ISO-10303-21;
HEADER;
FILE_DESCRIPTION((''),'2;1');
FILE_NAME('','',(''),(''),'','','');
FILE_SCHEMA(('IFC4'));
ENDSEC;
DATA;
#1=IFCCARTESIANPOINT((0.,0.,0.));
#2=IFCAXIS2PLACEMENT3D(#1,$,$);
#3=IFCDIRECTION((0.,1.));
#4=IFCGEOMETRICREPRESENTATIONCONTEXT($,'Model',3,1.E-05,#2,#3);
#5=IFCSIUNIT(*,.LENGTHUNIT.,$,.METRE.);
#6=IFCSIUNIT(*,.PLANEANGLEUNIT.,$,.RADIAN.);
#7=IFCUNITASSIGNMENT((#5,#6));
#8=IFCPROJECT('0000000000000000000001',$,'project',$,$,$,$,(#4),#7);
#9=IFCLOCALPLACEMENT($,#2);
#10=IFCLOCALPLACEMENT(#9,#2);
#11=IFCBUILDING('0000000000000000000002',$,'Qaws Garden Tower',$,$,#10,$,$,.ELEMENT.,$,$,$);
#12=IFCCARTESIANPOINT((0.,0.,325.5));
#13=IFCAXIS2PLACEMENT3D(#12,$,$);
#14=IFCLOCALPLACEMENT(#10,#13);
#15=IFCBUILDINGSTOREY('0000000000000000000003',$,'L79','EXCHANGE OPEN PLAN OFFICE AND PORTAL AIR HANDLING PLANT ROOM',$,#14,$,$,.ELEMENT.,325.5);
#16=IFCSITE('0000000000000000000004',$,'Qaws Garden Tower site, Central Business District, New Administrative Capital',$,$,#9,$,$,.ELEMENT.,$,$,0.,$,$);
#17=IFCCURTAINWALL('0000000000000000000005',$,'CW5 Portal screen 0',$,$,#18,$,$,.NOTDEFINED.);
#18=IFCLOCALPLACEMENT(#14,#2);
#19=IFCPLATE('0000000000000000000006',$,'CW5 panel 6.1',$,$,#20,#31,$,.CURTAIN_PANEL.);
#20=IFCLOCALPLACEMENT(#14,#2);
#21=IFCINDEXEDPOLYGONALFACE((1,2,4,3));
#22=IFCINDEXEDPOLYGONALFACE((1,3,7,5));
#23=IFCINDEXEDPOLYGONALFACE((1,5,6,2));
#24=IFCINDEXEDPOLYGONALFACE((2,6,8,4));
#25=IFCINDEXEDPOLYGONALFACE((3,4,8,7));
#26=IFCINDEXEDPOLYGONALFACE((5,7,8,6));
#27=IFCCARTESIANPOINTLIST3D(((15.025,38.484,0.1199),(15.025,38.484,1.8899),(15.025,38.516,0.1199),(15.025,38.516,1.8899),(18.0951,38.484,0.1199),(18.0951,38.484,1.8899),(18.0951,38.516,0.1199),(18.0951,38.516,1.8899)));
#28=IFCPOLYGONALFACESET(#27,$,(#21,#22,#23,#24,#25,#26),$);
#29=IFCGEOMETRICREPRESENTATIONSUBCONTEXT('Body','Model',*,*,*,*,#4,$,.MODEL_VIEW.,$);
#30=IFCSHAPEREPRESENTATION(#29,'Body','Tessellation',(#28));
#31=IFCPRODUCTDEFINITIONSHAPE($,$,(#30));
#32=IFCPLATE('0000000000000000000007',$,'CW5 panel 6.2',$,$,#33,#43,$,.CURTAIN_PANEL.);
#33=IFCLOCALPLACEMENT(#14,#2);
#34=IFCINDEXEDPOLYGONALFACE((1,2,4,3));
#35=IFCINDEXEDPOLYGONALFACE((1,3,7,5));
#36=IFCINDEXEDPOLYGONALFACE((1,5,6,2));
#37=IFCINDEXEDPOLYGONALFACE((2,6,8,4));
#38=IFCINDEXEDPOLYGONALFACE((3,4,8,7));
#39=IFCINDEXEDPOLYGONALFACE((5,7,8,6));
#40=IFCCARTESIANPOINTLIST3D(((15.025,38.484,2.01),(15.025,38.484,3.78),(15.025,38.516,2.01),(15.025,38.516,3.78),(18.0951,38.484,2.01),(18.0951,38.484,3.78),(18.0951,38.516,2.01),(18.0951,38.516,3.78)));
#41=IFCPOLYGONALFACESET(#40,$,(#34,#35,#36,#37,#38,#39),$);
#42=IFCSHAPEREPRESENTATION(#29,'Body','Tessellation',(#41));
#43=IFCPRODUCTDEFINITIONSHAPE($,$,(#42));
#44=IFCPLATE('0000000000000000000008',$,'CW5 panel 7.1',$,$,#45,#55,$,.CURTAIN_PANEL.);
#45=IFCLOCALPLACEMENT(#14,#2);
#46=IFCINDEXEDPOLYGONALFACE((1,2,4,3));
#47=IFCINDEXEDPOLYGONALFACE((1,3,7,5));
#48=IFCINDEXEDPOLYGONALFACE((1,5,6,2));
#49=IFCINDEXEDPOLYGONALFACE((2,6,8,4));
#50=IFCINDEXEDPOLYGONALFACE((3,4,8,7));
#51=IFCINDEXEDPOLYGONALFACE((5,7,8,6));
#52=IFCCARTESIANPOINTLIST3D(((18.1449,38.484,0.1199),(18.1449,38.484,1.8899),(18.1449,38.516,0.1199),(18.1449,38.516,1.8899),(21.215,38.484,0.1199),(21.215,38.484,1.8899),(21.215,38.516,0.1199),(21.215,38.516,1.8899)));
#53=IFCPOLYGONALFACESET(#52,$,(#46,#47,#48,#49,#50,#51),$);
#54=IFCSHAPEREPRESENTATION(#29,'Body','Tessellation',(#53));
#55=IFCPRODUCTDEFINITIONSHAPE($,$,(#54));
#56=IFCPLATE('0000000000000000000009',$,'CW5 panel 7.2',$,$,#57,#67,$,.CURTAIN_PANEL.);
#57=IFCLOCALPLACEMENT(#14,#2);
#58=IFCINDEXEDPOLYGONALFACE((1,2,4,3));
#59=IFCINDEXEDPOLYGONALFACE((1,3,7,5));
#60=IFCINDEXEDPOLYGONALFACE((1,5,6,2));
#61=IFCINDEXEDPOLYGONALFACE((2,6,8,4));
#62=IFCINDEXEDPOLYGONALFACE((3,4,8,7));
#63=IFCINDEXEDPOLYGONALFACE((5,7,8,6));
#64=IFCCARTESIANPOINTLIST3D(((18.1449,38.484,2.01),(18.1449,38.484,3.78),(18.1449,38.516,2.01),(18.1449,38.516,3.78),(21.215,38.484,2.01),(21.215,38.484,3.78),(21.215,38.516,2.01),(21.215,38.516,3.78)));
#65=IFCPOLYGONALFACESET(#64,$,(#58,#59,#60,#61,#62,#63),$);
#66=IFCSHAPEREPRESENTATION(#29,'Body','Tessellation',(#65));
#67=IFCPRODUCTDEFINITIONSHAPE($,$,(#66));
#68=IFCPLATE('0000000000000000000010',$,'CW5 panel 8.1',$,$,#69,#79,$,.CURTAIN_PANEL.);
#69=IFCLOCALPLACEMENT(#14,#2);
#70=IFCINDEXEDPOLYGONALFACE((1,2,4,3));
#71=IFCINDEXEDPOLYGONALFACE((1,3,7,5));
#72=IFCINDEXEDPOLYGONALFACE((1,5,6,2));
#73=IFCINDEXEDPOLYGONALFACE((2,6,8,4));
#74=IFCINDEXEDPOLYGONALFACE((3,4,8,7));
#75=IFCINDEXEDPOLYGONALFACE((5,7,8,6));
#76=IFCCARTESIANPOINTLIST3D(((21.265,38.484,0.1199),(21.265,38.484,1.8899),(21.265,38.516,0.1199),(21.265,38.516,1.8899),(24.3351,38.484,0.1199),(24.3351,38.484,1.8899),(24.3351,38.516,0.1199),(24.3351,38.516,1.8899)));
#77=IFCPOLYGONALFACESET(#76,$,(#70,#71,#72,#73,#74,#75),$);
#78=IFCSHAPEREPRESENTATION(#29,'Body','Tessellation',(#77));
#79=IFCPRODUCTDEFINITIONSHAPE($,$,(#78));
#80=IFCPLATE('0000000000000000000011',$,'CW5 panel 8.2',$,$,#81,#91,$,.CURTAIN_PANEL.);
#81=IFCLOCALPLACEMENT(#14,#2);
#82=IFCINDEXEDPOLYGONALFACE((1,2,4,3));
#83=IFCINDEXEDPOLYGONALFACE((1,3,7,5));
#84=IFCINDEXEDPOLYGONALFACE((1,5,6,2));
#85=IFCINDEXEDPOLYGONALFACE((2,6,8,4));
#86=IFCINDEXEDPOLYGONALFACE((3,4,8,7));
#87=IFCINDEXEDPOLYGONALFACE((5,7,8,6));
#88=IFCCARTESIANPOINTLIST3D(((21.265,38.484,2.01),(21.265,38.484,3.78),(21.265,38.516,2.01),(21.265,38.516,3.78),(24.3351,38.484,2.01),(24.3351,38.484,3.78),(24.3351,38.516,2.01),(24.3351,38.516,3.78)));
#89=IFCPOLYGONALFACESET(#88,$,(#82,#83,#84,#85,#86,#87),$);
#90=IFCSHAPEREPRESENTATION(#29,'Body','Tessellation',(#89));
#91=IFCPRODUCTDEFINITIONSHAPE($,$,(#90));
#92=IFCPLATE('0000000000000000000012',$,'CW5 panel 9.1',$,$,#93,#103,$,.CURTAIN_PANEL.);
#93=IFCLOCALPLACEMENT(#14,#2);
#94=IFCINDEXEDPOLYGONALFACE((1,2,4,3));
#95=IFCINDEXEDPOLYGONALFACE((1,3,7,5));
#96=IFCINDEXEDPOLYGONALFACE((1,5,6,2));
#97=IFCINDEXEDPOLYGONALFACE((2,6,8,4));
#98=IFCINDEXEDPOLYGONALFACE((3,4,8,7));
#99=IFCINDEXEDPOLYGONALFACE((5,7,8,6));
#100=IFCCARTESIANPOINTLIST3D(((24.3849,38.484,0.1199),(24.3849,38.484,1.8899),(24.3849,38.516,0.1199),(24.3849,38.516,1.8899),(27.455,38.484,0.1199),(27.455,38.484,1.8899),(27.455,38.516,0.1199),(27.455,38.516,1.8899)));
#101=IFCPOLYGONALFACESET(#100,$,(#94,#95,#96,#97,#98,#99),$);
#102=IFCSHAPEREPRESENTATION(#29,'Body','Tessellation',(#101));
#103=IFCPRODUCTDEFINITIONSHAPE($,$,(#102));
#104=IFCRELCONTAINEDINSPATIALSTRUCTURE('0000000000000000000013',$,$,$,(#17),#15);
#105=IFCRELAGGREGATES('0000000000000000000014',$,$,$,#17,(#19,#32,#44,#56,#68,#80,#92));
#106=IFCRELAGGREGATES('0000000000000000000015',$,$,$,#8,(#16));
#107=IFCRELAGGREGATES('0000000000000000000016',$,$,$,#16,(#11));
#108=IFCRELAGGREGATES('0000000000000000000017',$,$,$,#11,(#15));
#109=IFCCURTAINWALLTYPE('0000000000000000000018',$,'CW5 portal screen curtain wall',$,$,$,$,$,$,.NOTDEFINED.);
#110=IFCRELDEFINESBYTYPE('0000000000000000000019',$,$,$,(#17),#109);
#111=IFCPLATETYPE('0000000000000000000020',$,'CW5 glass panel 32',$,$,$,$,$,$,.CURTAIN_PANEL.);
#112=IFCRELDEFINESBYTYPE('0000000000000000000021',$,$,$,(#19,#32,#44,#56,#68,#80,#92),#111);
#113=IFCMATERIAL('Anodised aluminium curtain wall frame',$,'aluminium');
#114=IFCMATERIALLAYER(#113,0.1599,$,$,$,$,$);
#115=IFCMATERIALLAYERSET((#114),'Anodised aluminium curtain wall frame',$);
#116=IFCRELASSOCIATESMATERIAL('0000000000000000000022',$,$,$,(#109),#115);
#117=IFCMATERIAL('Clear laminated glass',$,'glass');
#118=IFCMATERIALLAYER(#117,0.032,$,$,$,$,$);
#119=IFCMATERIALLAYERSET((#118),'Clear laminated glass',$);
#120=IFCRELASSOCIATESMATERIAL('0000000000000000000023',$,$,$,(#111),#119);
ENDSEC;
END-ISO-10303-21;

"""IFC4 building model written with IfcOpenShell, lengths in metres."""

from ifc_helpers import new_model, si_unit, direction, frame, origin, origin_2d, place, context, subcontext, project, spatial, rectangle, extrude, material, layer, layer_set, type_object, element, aggregate, save


model = new_model("IFC4")

# Units and contexts
model_context = context("Model", 3, precision=1e-05, world=origin(), true_north=direction((0.0, 1.0)))
body_context = subcontext(model_context, "Body", "Model", "MODEL_VIEW")
ifc_project = project(units=[si_unit("LENGTHUNIT", "METRE"), si_unit("PLANEANGLEUNIT", "RADIAN")], contexts=[model_context])

# Site, building, storey
site_placement = place(None, origin())
site = spatial("IfcSite", under=ifc_project, at=site_placement, Name="Qaws Garden Tower site, Central Business District, New Administrative Capital", CompositionType="ELEMENT", RefElevation=0.0)
building_placement = place(site_placement, origin())
building = spatial("IfcBuilding", under=site, at=building_placement, Name="Qaws Garden Tower", CompositionType="ELEMENT")
storey_placement = place(building_placement, frame((0.0, 0.0, 325.5)))
storey = spatial("IfcBuildingStorey", under=building, at=storey_placement, Name="L79", Description="EXCHANGE OPEN PLAN OFFICE AND PORTAL AIR HANDLING PLANT ROOM", CompositionType="ELEMENT", Elevation=325.5)

# Curtain wall, plates
ifc_material_1 = material(Name="Anodised aluminium curtain wall frame", Category="aluminium")
ifc_layer_1 = layer(ifc_material_1, 0.1599)
ifc_layer_set_1 = layer_set([ifc_layer_1], Name="Anodised aluminium curtain wall frame")
curtain_wall_type = type_object("IfcCurtainWallType", Name="CW5 portal screen curtain wall", PredefinedType="NOTDEFINED", material=ifc_layer_set_1)
curtain_wall_placement = place(storey_placement, origin())
curtain_wall = element("IfcCurtainWall", 1, at=curtain_wall_placement, inside=storey, type_object=curtain_wall_type, Name="CW5 Portal screen 0", PredefinedType="NOTDEFINED")
ifc_material_2 = material(Name="Clear laminated glass", Category="glass")
ifc_layer_2 = layer(ifc_material_2, 0.032)
ifc_layer_set_2 = layer_set([ifc_layer_2], Name="Clear laminated glass")
plate_type = type_object("IfcPlateType", Name="CW5 glass panel 32", PredefinedType="CURTAIN_PANEL", material=ifc_layer_set_2)
plate_1_placement = place(storey_placement, frame((16.5601, 38.5, 0.1199), z_axis=(0.0, 0.0, 1.0), x_axis=(1.0, 0.0, 0.0)))
plate_1 = element("IfcPlate", 2, at=plate_1_placement, type_object=plate_type, Name="CW5 panel 6.1", PredefinedType="CURTAIN_PANEL", context=body_context, shape_type="SweptSolid", body=[
    extrude(rectangle(XDim=3.0701, YDim=0.032, at=origin_2d()), origin(), (0.0, 0.0, 1.0), 1.77),
])
plate_2_placement = place(storey_placement, frame((16.5601, 38.5, 2.01), z_axis=(0.0, 0.0, 1.0), x_axis=(1.0, 0.0, 0.0)))
plate_2 = element("IfcPlate", 3, at=plate_2_placement, type_object=plate_type, Name="CW5 panel 6.2", PredefinedType="CURTAIN_PANEL", context=body_context, shape_type="SweptSolid", body=[
    extrude(rectangle(XDim=3.0701, YDim=0.032, at=origin_2d()), origin(), (0.0, 0.0, 1.0), 1.77),
])
plate_3_placement = place(storey_placement, frame((19.6799, 38.5, 0.1199), z_axis=(0.0, 0.0, 1.0), x_axis=(1.0, 0.0, 0.0)))
plate_3 = element("IfcPlate", 4, at=plate_3_placement, type_object=plate_type, Name="CW5 panel 7.1", PredefinedType="CURTAIN_PANEL", context=body_context, shape_type="SweptSolid", body=[
    extrude(rectangle(XDim=3.0701, YDim=0.032, at=origin_2d()), origin(), (0.0, 0.0, 1.0), 1.77),
])
plate_4_placement = place(storey_placement, frame((19.6799, 38.5, 2.01), z_axis=(0.0, 0.0, 1.0), x_axis=(1.0, 0.0, 0.0)))
plate_4 = element("IfcPlate", 5, at=plate_4_placement, type_object=plate_type, Name="CW5 panel 7.2", PredefinedType="CURTAIN_PANEL", context=body_context, shape_type="SweptSolid", body=[
    extrude(rectangle(XDim=3.0701, YDim=0.032, at=origin_2d()), origin(), (0.0, 0.0, 1.0), 1.77),
])
plate_5_placement = place(storey_placement, frame((22.8, 38.5, 0.1199), z_axis=(0.0, 0.0, 1.0), x_axis=(1.0, 0.0, 0.0)))
plate_5 = element("IfcPlate", 6, at=plate_5_placement, type_object=plate_type, Name="CW5 panel 8.1", PredefinedType="CURTAIN_PANEL", context=body_context, shape_type="SweptSolid", body=[
    extrude(rectangle(XDim=3.0701, YDim=0.032, at=origin_2d()), origin(), (0.0, 0.0, 1.0), 1.77),
])
plate_6_placement = place(storey_placement, frame((22.8, 38.5, 2.01), z_axis=(0.0, 0.0, 1.0), x_axis=(1.0, 0.0, 0.0)))
plate_6 = element("IfcPlate", 7, at=plate_6_placement, type_object=plate_type, Name="CW5 panel 8.2", PredefinedType="CURTAIN_PANEL", context=body_context, shape_type="SweptSolid", body=[
    extrude(rectangle(XDim=3.0701, YDim=0.032, at=origin_2d()), origin(), (0.0, 0.0, 1.0), 1.77),
])
plate_7_placement = place(storey_placement, frame((25.9199, 38.5, 0.1199), z_axis=(0.0, 0.0, 1.0), x_axis=(1.0, 0.0, 0.0)))
plate_7 = element("IfcPlate", 8, at=plate_7_placement, type_object=plate_type, Name="CW5 panel 9.1", PredefinedType="CURTAIN_PANEL", context=body_context, shape_type="SweptSolid", body=[
    extrude(rectangle(XDim=3.0701, YDim=0.032, at=origin_2d()), origin(), (0.0, 0.0, 1.0), 1.77),
])
aggregate(curtain_wall, [plate_1, plate_2, plate_3, plate_4, plate_5, plate_6, plate_7])

save(model, "model.ifc")
